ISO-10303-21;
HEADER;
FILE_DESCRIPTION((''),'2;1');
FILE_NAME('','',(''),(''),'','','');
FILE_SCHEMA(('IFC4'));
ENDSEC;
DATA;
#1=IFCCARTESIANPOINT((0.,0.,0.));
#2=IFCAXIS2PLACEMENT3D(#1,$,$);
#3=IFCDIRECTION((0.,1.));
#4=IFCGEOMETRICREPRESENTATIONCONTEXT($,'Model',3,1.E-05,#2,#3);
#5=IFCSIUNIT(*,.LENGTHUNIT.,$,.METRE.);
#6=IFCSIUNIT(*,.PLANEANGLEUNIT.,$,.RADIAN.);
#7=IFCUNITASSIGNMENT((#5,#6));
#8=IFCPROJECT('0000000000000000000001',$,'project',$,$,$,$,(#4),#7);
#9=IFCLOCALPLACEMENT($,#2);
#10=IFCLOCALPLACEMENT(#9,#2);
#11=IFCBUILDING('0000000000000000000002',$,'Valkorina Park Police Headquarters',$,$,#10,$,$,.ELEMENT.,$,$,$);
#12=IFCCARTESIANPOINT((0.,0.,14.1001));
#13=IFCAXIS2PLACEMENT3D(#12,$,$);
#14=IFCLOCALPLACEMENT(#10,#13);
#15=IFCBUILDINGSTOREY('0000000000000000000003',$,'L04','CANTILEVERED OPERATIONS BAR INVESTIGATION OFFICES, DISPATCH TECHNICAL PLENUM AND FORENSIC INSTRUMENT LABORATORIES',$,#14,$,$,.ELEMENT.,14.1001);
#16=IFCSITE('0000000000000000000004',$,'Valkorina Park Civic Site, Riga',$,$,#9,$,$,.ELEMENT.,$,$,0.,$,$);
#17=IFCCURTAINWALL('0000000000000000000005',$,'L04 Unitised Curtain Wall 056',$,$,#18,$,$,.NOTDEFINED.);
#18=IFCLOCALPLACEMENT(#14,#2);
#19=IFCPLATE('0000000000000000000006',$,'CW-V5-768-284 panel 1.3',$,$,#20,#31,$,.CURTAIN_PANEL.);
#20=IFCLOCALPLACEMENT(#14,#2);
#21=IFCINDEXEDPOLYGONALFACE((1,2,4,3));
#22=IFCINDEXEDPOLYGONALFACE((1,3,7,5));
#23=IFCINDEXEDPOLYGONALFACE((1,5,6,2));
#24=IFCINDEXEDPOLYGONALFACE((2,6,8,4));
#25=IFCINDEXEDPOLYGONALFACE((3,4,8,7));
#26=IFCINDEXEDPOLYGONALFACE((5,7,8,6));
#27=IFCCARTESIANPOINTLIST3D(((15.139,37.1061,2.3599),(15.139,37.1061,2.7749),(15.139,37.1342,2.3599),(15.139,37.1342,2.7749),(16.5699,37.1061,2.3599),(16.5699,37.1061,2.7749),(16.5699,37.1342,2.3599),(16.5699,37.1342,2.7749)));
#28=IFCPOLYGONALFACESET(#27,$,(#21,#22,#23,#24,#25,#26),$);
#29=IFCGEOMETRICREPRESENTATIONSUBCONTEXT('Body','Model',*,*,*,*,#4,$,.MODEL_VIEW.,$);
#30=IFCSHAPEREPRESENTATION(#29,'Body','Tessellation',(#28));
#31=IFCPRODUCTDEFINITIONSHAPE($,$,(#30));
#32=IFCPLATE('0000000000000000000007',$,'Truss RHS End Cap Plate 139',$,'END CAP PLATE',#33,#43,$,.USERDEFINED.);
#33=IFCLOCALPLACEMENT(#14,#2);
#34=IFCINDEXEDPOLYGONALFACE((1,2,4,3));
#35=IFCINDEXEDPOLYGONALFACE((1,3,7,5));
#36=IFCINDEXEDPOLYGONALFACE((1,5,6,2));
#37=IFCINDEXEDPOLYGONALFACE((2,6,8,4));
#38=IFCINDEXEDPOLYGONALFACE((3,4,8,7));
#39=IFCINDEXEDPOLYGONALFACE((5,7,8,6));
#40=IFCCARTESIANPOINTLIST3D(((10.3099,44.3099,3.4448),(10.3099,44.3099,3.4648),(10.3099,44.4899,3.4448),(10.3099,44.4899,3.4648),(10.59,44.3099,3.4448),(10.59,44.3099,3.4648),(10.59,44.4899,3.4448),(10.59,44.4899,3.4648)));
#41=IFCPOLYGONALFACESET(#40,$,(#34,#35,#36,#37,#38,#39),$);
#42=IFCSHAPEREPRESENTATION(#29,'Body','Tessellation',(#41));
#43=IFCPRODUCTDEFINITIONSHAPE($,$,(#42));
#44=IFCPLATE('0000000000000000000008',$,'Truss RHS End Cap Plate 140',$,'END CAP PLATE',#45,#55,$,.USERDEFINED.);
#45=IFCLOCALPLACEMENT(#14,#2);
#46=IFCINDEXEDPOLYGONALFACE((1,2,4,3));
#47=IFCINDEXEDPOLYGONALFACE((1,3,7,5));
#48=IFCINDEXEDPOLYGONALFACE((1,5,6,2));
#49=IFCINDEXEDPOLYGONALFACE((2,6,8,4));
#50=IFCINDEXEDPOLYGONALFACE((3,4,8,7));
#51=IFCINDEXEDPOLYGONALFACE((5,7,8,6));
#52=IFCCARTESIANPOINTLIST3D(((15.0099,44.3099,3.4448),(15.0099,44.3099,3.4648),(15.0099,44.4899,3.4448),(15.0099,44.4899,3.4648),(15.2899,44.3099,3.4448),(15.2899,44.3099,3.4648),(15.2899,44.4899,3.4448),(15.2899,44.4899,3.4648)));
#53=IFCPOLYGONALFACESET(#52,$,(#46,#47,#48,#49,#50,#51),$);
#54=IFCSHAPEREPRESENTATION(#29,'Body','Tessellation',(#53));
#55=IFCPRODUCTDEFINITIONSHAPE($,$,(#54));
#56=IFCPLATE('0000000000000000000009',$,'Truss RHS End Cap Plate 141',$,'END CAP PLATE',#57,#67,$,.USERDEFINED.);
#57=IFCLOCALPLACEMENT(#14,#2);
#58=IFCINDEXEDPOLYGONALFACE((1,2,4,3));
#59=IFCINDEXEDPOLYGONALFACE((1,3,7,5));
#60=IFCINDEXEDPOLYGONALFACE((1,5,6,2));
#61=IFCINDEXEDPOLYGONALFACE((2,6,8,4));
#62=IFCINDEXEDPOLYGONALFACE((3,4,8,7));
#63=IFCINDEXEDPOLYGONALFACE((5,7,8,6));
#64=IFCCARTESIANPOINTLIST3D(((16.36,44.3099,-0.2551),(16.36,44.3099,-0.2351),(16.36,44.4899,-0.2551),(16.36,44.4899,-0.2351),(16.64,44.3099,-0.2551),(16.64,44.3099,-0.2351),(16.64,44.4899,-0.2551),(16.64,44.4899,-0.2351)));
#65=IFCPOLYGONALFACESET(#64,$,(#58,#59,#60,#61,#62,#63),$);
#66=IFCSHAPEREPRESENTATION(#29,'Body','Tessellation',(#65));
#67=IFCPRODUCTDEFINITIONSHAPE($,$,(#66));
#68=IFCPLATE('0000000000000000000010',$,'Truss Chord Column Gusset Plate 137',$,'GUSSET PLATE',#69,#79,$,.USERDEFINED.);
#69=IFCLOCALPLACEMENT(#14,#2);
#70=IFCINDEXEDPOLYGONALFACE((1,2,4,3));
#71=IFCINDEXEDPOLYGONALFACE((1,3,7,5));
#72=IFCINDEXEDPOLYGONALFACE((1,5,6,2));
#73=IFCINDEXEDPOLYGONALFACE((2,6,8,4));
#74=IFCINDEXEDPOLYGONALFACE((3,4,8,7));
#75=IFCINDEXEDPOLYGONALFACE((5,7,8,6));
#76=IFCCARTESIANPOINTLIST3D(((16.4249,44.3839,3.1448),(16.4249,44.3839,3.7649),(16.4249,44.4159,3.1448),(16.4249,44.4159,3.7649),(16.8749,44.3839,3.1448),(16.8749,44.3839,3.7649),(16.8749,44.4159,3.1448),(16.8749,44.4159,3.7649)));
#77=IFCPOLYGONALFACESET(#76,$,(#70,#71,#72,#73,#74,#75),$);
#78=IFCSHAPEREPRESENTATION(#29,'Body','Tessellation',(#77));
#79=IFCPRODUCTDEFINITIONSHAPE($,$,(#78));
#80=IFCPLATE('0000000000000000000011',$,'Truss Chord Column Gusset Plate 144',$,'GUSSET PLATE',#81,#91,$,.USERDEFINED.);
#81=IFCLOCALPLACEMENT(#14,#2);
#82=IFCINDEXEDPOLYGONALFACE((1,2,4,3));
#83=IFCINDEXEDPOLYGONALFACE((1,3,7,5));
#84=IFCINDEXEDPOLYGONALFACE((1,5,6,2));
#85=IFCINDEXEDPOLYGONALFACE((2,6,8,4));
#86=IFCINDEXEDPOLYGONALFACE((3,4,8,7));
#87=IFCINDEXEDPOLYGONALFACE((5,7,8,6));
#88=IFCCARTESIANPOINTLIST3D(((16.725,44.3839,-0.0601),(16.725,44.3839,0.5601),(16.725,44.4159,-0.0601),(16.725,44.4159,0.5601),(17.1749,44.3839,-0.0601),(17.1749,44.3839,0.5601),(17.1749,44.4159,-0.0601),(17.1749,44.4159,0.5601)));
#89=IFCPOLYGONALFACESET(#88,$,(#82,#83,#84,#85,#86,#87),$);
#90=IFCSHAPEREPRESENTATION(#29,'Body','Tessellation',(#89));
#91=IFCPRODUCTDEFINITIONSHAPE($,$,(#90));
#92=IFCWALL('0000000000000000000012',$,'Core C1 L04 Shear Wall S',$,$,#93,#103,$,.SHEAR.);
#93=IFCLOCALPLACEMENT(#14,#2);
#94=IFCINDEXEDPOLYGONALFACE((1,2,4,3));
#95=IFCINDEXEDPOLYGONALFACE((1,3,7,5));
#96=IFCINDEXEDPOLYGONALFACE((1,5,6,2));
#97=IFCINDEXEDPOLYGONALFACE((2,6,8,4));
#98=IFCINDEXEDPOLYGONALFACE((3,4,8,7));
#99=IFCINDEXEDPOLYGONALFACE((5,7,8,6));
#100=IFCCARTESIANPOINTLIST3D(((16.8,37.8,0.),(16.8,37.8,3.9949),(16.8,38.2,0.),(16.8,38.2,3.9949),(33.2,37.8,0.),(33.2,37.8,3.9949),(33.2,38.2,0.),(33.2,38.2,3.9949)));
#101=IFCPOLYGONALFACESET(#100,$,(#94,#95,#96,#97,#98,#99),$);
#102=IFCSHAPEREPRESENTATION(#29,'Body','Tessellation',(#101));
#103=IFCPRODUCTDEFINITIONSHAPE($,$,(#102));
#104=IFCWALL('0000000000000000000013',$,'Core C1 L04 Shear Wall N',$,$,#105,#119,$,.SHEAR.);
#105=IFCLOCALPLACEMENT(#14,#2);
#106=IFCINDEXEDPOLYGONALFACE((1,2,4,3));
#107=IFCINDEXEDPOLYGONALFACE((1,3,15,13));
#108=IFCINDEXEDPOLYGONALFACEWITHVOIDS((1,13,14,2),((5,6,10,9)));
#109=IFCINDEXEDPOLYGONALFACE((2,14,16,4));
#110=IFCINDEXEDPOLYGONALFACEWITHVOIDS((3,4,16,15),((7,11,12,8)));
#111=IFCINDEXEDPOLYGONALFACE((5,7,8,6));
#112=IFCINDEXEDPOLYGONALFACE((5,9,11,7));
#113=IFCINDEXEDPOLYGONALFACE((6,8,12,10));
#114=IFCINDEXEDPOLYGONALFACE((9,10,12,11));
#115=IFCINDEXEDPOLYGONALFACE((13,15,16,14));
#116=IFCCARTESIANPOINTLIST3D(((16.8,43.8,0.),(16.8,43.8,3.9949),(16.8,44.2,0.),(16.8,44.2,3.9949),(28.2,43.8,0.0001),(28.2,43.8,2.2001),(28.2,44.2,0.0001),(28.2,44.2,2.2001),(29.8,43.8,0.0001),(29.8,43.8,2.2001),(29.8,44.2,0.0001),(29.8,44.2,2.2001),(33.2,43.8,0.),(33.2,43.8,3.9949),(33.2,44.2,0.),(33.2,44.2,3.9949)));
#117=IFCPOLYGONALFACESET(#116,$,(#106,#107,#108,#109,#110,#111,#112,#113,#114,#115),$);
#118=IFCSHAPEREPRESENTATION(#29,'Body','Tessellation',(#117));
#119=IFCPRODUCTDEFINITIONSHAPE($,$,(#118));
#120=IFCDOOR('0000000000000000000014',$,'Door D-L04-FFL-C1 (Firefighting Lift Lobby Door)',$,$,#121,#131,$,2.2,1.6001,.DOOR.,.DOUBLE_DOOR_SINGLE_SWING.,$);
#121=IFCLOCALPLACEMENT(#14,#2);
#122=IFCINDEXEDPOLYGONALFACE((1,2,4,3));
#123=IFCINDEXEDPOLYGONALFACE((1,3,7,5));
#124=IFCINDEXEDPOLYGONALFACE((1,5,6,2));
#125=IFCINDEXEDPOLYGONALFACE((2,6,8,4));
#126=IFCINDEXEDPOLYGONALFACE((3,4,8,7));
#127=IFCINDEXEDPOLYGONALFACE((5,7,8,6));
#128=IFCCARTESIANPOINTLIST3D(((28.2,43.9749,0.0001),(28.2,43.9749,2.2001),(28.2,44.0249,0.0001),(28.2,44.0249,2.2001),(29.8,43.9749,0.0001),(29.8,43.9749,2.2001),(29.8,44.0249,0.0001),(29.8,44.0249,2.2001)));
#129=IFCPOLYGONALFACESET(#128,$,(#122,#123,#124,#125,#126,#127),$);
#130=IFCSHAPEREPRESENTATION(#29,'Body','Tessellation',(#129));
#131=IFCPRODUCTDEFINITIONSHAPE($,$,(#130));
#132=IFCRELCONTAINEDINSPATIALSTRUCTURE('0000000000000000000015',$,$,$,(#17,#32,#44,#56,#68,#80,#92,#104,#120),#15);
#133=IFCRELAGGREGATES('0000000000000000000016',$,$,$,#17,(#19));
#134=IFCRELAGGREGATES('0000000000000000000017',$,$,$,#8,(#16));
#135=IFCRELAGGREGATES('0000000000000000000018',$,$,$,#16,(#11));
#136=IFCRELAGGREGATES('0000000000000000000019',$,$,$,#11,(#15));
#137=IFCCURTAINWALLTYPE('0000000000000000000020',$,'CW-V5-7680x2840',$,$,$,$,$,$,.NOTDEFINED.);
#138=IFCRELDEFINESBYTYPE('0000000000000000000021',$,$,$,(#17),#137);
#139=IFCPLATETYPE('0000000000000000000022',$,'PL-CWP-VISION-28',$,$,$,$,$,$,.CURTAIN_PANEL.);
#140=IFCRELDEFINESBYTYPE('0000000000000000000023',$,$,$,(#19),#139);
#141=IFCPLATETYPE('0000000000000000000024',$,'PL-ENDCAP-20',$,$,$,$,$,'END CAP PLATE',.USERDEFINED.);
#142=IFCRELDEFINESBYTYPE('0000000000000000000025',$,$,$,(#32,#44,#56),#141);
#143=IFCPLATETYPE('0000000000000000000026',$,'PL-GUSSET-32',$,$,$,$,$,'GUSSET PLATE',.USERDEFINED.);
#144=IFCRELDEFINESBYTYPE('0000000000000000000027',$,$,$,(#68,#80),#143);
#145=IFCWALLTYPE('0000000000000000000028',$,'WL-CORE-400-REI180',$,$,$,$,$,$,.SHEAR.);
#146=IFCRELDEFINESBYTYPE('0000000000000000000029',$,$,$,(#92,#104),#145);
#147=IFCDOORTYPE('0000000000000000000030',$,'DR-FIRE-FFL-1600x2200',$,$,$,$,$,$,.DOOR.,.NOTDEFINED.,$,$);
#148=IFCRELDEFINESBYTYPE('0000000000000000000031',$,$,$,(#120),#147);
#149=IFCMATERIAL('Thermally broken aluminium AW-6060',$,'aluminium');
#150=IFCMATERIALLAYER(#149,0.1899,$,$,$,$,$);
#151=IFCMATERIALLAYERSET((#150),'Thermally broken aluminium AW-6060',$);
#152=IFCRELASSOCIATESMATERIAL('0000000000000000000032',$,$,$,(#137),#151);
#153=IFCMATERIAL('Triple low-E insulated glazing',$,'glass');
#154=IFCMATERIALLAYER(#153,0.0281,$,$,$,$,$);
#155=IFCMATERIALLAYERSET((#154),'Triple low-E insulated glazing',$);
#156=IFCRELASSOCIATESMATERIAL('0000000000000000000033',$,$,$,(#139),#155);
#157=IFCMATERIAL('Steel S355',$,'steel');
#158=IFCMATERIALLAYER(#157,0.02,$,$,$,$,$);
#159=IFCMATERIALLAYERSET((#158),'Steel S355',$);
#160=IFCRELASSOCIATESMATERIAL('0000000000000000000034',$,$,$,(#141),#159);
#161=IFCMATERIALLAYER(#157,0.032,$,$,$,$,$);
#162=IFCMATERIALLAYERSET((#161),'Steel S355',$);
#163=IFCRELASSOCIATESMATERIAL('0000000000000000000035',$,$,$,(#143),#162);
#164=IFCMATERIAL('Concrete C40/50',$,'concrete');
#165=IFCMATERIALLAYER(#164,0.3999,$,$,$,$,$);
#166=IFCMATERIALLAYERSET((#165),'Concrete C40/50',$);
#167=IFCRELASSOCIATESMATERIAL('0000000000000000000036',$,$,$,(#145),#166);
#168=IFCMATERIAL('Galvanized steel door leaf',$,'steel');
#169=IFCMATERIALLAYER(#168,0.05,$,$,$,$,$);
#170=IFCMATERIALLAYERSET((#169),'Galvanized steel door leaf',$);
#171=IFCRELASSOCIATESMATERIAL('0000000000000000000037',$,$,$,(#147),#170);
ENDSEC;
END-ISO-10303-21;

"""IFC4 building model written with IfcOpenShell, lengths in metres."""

from ifc_helpers import new_model, si_unit, direction, frame, frame_2d, origin, origin_2d, place, context, subcontext, project, spatial, rectangle, extrude, material, layer, layer_set, type_object, element, fill, aggregate, save


model = new_model("IFC4")

# Units and contexts
model_context = context("Model", 3, precision=1e-05, world=origin(), true_north=direction((0.0, 1.0)))
body_context = subcontext(model_context, "Body", "Model", "MODEL_VIEW")
ifc_project = project(units=[si_unit("LENGTHUNIT", "METRE"), si_unit("PLANEANGLEUNIT", "RADIAN")], contexts=[model_context])

# Site, building, storey
site_placement = place(None, origin())
site = spatial("IfcSite", under=ifc_project, at=site_placement, Name="Valkorina Park Civic Site, Riga", CompositionType="ELEMENT", RefElevation=0.0)
building_placement = place(site_placement, origin())
building = spatial("IfcBuilding", under=site, at=building_placement, Name="Valkorina Park Police Headquarters", CompositionType="ELEMENT")
storey_placement = place(building_placement, frame((0.0, 0.0, 14.1001)))
storey = spatial("IfcBuildingStorey", under=building, at=storey_placement, Name="L04", Description="CANTILEVERED OPERATIONS BAR INVESTIGATION OFFICES, DISPATCH TECHNICAL PLENUM AND FORENSIC INSTRUMENT LABORATORIES", CompositionType="ELEMENT", Elevation=14.1001)

# Shared definitions
ifc_material_1 = material(Name="Steel S355", Category="steel")

# Curtain wall
ifc_material_2 = material(Name="Thermally broken aluminium AW-6060", Category="aluminium")
ifc_layer_1 = layer(ifc_material_2, 0.1899)
ifc_layer_set_1 = layer_set([ifc_layer_1], Name="Thermally broken aluminium AW-6060")
curtain_wall_type = type_object("IfcCurtainWallType", Name="CW-V5-7680x2840", PredefinedType="NOTDEFINED", material=ifc_layer_set_1)
curtain_wall_placement = place(storey_placement, origin())
curtain_wall = element("IfcCurtainWall", 1, at=curtain_wall_placement, inside=storey, type_object=curtain_wall_type, Name="L04 Unitised Curtain Wall 056", PredefinedType="NOTDEFINED")

# Plate
ifc_material_3 = material(Name="Triple low-E insulated glazing", Category="glass")
ifc_layer_2 = layer(ifc_material_3, 0.0281)
ifc_layer_set_2 = layer_set([ifc_layer_2], Name="Triple low-E insulated glazing")
plate_type_1 = type_object("IfcPlateType", Name="PL-CWP-VISION-28", PredefinedType="CURTAIN_PANEL", material=ifc_layer_set_2)
plate_placement = place(storey_placement, frame((15.8545, 37.1201, 2.3599), z_axis=(0.0, 0.0, 1.0), x_axis=(-1.0, 0.0, 0.0)))
plate = element("IfcPlate", 2, at=plate_placement, type_object=plate_type_1, Name="CW-V5-768-284 panel 1.3", PredefinedType="CURTAIN_PANEL", context=body_context, shape_type="SweptSolid", body=[
    extrude(rectangle(XDim=1.4309, YDim=0.0281, at=origin_2d()), origin(), (0.0, 0.0, 1.0), 0.415),
])
aggregate(curtain_wall, [plate])

# Plates
ifc_layer_3 = layer(ifc_material_1, 0.02)
ifc_layer_set_3 = layer_set([ifc_layer_3], Name="Steel S355")
plate_type_2 = type_object("IfcPlateType", Name="PL-ENDCAP-20", ElementType="END CAP PLATE", PredefinedType="USERDEFINED", material=ifc_layer_set_3)
for number, where, z_axis, x_axis, name in (
    (3, (10.45, 44.3999, 3.4448), (0.0, 0.0, 1.0), (1.0, 0.0, 0.0), "Truss RHS End Cap Plate 139"),
    (4, (15.1499, 44.3999, 3.4448), (0.0, 0.0, 1.0), (1.0, 0.0, 0.0), "Truss RHS End Cap Plate 140"),
    (5, (16.5, 44.3999, -0.2551), (0.0, 0.0, 1.0), (1.0, 0.0, 0.0), "Truss RHS End Cap Plate 141"),
):
    element("IfcPlate", number, at=place(storey_placement, frame(where, z_axis=z_axis, x_axis=x_axis)), inside=storey, type_object=plate_type_2, Name=name, ObjectType="END CAP PLATE", PredefinedType="USERDEFINED", context=body_context, shape_type="SweptSolid", body=[
        extrude(rectangle(XDim=0.28, YDim=0.1799, at=origin_2d()), origin(), (0.0, 0.0, 1.0), 0.02),
    ])
ifc_layer_4 = layer(ifc_material_1, 0.032)
ifc_layer_set_4 = layer_set([ifc_layer_4], Name="Steel S355")
plate_type_3 = type_object("IfcPlateType", Name="PL-GUSSET-32", ElementType="GUSSET PLATE", PredefinedType="USERDEFINED", material=ifc_layer_set_4)
for number, where, z_axis, x_axis, name in (
    (6, (16.6499, 44.3999, 3.1448), (0.0, 0.0, 1.0), (1.0, 0.0, 0.0), "Truss Chord Column Gusset Plate 137"),
    (7, (16.95, 44.3999, -0.0601), (0.0, 0.0, 1.0), (1.0, 0.0, 0.0), "Truss Chord Column Gusset Plate 144"),
):
    element("IfcPlate", number, at=place(storey_placement, frame(where, z_axis=z_axis, x_axis=x_axis)), inside=storey, type_object=plate_type_3, Name=name, ObjectType="GUSSET PLATE", PredefinedType="USERDEFINED", context=body_context, shape_type="SweptSolid", body=[
        extrude(rectangle(XDim=0.45, YDim=0.032, at=origin_2d()), origin(), (0.0, 0.0, 1.0), 0.6201),
    ])

# Wall
ifc_material_4 = material(Name="Concrete C40/50", Category="concrete")
ifc_layer_5 = layer(ifc_material_4, 0.3999)
ifc_layer_set_5 = layer_set([ifc_layer_5], Name="Concrete C40/50")
wall_type = type_object("IfcWallType", Name="WL-CORE-400-REI180", PredefinedType="SHEAR", material=ifc_layer_set_5)
wall_1_placement = place(storey_placement, frame((16.8, 38.0, 0.0), z_axis=(0.0, 0.0, 1.0), x_axis=(1.0, 0.0, 0.0)))
element("IfcWall", 8, at=wall_1_placement, inside=storey, type_object=wall_type, Name="Core C1 L04 Shear Wall S", PredefinedType="SHEAR", context=body_context, shape_type="SweptSolid", body=[
    extrude(rectangle(XDim=16.3999, YDim=0.3999, at=frame_2d((8.2, 0.0))), origin(), (0.0, 0.0, 1.0), 3.9949),
])

# Wall, opening, door
wall_2_placement = place(storey_placement, frame((16.8, 44.0, 0.0), z_axis=(0.0, 0.0, 1.0), x_axis=(1.0, 0.0, 0.0)))
wall_2 = element("IfcWall", 9, at=wall_2_placement, inside=storey, type_object=wall_type, Name="Core C1 L04 Shear Wall N", PredefinedType="SHEAR", context=body_context, shape_type="SweptSolid", body=[
    extrude(rectangle(XDim=16.3999, YDim=0.3999, at=frame_2d((8.2, 0.0))), origin(), (0.0, 0.0, 1.0), 3.9949),
])
opening_placement = place(wall_2_placement, frame((11.3999, 0.0, 0.0)))
opening = element("IfcOpeningElement", 10, at=opening_placement, cuts=wall_2, PredefinedType="OPENING", context=body_context, shape_type="SweptSolid", body=[
    extrude(rectangle(XDim=1.6001, YDim=2.2, at=frame_2d((0.8, 1.1001))), frame((0.0, 0.21, 0.0), z_axis=(0.0, -1.0, 0.0), x_axis=(1.0, 0.0, 0.0)), (0.0, 0.0, 1.0), 0.4199),
])
ifc_material_5 = material(Name="Galvanized steel door leaf", Category="steel")
ifc_layer_6 = layer(ifc_material_5, 0.05)
ifc_layer_set_6 = layer_set([ifc_layer_6], Name="Galvanized steel door leaf")
door_type = type_object("IfcDoorType", Name="DR-FIRE-FFL-1600x2200", OperationType="NOTDEFINED", PredefinedType="DOOR", material=ifc_layer_set_6)
door_placement = place(opening_placement, origin())
door = element("IfcDoor", 11, at=door_placement, inside=storey, type_object=door_type, Name="Door D-L04-FFL-C1 (Firefighting Lift Lobby Door)", OperationType="DOUBLE_DOOR_SINGLE_SWING", OverallHeight=2.2, OverallWidth=1.6001, PredefinedType="DOOR", context=body_context, shape_type="SweptSolid", body=[
    extrude(rectangle(XDim=1.6001, YDim=2.2, at=frame_2d((0.8, 1.1001))), frame((0.0, 0.0249, 0.0), z_axis=(0.0, -1.0, 0.0), x_axis=(1.0, 0.0, 0.0)), (0.0, 0.0, 1.0), 0.05),
])
fill(opening, door)

save(model, "model.ifc")
